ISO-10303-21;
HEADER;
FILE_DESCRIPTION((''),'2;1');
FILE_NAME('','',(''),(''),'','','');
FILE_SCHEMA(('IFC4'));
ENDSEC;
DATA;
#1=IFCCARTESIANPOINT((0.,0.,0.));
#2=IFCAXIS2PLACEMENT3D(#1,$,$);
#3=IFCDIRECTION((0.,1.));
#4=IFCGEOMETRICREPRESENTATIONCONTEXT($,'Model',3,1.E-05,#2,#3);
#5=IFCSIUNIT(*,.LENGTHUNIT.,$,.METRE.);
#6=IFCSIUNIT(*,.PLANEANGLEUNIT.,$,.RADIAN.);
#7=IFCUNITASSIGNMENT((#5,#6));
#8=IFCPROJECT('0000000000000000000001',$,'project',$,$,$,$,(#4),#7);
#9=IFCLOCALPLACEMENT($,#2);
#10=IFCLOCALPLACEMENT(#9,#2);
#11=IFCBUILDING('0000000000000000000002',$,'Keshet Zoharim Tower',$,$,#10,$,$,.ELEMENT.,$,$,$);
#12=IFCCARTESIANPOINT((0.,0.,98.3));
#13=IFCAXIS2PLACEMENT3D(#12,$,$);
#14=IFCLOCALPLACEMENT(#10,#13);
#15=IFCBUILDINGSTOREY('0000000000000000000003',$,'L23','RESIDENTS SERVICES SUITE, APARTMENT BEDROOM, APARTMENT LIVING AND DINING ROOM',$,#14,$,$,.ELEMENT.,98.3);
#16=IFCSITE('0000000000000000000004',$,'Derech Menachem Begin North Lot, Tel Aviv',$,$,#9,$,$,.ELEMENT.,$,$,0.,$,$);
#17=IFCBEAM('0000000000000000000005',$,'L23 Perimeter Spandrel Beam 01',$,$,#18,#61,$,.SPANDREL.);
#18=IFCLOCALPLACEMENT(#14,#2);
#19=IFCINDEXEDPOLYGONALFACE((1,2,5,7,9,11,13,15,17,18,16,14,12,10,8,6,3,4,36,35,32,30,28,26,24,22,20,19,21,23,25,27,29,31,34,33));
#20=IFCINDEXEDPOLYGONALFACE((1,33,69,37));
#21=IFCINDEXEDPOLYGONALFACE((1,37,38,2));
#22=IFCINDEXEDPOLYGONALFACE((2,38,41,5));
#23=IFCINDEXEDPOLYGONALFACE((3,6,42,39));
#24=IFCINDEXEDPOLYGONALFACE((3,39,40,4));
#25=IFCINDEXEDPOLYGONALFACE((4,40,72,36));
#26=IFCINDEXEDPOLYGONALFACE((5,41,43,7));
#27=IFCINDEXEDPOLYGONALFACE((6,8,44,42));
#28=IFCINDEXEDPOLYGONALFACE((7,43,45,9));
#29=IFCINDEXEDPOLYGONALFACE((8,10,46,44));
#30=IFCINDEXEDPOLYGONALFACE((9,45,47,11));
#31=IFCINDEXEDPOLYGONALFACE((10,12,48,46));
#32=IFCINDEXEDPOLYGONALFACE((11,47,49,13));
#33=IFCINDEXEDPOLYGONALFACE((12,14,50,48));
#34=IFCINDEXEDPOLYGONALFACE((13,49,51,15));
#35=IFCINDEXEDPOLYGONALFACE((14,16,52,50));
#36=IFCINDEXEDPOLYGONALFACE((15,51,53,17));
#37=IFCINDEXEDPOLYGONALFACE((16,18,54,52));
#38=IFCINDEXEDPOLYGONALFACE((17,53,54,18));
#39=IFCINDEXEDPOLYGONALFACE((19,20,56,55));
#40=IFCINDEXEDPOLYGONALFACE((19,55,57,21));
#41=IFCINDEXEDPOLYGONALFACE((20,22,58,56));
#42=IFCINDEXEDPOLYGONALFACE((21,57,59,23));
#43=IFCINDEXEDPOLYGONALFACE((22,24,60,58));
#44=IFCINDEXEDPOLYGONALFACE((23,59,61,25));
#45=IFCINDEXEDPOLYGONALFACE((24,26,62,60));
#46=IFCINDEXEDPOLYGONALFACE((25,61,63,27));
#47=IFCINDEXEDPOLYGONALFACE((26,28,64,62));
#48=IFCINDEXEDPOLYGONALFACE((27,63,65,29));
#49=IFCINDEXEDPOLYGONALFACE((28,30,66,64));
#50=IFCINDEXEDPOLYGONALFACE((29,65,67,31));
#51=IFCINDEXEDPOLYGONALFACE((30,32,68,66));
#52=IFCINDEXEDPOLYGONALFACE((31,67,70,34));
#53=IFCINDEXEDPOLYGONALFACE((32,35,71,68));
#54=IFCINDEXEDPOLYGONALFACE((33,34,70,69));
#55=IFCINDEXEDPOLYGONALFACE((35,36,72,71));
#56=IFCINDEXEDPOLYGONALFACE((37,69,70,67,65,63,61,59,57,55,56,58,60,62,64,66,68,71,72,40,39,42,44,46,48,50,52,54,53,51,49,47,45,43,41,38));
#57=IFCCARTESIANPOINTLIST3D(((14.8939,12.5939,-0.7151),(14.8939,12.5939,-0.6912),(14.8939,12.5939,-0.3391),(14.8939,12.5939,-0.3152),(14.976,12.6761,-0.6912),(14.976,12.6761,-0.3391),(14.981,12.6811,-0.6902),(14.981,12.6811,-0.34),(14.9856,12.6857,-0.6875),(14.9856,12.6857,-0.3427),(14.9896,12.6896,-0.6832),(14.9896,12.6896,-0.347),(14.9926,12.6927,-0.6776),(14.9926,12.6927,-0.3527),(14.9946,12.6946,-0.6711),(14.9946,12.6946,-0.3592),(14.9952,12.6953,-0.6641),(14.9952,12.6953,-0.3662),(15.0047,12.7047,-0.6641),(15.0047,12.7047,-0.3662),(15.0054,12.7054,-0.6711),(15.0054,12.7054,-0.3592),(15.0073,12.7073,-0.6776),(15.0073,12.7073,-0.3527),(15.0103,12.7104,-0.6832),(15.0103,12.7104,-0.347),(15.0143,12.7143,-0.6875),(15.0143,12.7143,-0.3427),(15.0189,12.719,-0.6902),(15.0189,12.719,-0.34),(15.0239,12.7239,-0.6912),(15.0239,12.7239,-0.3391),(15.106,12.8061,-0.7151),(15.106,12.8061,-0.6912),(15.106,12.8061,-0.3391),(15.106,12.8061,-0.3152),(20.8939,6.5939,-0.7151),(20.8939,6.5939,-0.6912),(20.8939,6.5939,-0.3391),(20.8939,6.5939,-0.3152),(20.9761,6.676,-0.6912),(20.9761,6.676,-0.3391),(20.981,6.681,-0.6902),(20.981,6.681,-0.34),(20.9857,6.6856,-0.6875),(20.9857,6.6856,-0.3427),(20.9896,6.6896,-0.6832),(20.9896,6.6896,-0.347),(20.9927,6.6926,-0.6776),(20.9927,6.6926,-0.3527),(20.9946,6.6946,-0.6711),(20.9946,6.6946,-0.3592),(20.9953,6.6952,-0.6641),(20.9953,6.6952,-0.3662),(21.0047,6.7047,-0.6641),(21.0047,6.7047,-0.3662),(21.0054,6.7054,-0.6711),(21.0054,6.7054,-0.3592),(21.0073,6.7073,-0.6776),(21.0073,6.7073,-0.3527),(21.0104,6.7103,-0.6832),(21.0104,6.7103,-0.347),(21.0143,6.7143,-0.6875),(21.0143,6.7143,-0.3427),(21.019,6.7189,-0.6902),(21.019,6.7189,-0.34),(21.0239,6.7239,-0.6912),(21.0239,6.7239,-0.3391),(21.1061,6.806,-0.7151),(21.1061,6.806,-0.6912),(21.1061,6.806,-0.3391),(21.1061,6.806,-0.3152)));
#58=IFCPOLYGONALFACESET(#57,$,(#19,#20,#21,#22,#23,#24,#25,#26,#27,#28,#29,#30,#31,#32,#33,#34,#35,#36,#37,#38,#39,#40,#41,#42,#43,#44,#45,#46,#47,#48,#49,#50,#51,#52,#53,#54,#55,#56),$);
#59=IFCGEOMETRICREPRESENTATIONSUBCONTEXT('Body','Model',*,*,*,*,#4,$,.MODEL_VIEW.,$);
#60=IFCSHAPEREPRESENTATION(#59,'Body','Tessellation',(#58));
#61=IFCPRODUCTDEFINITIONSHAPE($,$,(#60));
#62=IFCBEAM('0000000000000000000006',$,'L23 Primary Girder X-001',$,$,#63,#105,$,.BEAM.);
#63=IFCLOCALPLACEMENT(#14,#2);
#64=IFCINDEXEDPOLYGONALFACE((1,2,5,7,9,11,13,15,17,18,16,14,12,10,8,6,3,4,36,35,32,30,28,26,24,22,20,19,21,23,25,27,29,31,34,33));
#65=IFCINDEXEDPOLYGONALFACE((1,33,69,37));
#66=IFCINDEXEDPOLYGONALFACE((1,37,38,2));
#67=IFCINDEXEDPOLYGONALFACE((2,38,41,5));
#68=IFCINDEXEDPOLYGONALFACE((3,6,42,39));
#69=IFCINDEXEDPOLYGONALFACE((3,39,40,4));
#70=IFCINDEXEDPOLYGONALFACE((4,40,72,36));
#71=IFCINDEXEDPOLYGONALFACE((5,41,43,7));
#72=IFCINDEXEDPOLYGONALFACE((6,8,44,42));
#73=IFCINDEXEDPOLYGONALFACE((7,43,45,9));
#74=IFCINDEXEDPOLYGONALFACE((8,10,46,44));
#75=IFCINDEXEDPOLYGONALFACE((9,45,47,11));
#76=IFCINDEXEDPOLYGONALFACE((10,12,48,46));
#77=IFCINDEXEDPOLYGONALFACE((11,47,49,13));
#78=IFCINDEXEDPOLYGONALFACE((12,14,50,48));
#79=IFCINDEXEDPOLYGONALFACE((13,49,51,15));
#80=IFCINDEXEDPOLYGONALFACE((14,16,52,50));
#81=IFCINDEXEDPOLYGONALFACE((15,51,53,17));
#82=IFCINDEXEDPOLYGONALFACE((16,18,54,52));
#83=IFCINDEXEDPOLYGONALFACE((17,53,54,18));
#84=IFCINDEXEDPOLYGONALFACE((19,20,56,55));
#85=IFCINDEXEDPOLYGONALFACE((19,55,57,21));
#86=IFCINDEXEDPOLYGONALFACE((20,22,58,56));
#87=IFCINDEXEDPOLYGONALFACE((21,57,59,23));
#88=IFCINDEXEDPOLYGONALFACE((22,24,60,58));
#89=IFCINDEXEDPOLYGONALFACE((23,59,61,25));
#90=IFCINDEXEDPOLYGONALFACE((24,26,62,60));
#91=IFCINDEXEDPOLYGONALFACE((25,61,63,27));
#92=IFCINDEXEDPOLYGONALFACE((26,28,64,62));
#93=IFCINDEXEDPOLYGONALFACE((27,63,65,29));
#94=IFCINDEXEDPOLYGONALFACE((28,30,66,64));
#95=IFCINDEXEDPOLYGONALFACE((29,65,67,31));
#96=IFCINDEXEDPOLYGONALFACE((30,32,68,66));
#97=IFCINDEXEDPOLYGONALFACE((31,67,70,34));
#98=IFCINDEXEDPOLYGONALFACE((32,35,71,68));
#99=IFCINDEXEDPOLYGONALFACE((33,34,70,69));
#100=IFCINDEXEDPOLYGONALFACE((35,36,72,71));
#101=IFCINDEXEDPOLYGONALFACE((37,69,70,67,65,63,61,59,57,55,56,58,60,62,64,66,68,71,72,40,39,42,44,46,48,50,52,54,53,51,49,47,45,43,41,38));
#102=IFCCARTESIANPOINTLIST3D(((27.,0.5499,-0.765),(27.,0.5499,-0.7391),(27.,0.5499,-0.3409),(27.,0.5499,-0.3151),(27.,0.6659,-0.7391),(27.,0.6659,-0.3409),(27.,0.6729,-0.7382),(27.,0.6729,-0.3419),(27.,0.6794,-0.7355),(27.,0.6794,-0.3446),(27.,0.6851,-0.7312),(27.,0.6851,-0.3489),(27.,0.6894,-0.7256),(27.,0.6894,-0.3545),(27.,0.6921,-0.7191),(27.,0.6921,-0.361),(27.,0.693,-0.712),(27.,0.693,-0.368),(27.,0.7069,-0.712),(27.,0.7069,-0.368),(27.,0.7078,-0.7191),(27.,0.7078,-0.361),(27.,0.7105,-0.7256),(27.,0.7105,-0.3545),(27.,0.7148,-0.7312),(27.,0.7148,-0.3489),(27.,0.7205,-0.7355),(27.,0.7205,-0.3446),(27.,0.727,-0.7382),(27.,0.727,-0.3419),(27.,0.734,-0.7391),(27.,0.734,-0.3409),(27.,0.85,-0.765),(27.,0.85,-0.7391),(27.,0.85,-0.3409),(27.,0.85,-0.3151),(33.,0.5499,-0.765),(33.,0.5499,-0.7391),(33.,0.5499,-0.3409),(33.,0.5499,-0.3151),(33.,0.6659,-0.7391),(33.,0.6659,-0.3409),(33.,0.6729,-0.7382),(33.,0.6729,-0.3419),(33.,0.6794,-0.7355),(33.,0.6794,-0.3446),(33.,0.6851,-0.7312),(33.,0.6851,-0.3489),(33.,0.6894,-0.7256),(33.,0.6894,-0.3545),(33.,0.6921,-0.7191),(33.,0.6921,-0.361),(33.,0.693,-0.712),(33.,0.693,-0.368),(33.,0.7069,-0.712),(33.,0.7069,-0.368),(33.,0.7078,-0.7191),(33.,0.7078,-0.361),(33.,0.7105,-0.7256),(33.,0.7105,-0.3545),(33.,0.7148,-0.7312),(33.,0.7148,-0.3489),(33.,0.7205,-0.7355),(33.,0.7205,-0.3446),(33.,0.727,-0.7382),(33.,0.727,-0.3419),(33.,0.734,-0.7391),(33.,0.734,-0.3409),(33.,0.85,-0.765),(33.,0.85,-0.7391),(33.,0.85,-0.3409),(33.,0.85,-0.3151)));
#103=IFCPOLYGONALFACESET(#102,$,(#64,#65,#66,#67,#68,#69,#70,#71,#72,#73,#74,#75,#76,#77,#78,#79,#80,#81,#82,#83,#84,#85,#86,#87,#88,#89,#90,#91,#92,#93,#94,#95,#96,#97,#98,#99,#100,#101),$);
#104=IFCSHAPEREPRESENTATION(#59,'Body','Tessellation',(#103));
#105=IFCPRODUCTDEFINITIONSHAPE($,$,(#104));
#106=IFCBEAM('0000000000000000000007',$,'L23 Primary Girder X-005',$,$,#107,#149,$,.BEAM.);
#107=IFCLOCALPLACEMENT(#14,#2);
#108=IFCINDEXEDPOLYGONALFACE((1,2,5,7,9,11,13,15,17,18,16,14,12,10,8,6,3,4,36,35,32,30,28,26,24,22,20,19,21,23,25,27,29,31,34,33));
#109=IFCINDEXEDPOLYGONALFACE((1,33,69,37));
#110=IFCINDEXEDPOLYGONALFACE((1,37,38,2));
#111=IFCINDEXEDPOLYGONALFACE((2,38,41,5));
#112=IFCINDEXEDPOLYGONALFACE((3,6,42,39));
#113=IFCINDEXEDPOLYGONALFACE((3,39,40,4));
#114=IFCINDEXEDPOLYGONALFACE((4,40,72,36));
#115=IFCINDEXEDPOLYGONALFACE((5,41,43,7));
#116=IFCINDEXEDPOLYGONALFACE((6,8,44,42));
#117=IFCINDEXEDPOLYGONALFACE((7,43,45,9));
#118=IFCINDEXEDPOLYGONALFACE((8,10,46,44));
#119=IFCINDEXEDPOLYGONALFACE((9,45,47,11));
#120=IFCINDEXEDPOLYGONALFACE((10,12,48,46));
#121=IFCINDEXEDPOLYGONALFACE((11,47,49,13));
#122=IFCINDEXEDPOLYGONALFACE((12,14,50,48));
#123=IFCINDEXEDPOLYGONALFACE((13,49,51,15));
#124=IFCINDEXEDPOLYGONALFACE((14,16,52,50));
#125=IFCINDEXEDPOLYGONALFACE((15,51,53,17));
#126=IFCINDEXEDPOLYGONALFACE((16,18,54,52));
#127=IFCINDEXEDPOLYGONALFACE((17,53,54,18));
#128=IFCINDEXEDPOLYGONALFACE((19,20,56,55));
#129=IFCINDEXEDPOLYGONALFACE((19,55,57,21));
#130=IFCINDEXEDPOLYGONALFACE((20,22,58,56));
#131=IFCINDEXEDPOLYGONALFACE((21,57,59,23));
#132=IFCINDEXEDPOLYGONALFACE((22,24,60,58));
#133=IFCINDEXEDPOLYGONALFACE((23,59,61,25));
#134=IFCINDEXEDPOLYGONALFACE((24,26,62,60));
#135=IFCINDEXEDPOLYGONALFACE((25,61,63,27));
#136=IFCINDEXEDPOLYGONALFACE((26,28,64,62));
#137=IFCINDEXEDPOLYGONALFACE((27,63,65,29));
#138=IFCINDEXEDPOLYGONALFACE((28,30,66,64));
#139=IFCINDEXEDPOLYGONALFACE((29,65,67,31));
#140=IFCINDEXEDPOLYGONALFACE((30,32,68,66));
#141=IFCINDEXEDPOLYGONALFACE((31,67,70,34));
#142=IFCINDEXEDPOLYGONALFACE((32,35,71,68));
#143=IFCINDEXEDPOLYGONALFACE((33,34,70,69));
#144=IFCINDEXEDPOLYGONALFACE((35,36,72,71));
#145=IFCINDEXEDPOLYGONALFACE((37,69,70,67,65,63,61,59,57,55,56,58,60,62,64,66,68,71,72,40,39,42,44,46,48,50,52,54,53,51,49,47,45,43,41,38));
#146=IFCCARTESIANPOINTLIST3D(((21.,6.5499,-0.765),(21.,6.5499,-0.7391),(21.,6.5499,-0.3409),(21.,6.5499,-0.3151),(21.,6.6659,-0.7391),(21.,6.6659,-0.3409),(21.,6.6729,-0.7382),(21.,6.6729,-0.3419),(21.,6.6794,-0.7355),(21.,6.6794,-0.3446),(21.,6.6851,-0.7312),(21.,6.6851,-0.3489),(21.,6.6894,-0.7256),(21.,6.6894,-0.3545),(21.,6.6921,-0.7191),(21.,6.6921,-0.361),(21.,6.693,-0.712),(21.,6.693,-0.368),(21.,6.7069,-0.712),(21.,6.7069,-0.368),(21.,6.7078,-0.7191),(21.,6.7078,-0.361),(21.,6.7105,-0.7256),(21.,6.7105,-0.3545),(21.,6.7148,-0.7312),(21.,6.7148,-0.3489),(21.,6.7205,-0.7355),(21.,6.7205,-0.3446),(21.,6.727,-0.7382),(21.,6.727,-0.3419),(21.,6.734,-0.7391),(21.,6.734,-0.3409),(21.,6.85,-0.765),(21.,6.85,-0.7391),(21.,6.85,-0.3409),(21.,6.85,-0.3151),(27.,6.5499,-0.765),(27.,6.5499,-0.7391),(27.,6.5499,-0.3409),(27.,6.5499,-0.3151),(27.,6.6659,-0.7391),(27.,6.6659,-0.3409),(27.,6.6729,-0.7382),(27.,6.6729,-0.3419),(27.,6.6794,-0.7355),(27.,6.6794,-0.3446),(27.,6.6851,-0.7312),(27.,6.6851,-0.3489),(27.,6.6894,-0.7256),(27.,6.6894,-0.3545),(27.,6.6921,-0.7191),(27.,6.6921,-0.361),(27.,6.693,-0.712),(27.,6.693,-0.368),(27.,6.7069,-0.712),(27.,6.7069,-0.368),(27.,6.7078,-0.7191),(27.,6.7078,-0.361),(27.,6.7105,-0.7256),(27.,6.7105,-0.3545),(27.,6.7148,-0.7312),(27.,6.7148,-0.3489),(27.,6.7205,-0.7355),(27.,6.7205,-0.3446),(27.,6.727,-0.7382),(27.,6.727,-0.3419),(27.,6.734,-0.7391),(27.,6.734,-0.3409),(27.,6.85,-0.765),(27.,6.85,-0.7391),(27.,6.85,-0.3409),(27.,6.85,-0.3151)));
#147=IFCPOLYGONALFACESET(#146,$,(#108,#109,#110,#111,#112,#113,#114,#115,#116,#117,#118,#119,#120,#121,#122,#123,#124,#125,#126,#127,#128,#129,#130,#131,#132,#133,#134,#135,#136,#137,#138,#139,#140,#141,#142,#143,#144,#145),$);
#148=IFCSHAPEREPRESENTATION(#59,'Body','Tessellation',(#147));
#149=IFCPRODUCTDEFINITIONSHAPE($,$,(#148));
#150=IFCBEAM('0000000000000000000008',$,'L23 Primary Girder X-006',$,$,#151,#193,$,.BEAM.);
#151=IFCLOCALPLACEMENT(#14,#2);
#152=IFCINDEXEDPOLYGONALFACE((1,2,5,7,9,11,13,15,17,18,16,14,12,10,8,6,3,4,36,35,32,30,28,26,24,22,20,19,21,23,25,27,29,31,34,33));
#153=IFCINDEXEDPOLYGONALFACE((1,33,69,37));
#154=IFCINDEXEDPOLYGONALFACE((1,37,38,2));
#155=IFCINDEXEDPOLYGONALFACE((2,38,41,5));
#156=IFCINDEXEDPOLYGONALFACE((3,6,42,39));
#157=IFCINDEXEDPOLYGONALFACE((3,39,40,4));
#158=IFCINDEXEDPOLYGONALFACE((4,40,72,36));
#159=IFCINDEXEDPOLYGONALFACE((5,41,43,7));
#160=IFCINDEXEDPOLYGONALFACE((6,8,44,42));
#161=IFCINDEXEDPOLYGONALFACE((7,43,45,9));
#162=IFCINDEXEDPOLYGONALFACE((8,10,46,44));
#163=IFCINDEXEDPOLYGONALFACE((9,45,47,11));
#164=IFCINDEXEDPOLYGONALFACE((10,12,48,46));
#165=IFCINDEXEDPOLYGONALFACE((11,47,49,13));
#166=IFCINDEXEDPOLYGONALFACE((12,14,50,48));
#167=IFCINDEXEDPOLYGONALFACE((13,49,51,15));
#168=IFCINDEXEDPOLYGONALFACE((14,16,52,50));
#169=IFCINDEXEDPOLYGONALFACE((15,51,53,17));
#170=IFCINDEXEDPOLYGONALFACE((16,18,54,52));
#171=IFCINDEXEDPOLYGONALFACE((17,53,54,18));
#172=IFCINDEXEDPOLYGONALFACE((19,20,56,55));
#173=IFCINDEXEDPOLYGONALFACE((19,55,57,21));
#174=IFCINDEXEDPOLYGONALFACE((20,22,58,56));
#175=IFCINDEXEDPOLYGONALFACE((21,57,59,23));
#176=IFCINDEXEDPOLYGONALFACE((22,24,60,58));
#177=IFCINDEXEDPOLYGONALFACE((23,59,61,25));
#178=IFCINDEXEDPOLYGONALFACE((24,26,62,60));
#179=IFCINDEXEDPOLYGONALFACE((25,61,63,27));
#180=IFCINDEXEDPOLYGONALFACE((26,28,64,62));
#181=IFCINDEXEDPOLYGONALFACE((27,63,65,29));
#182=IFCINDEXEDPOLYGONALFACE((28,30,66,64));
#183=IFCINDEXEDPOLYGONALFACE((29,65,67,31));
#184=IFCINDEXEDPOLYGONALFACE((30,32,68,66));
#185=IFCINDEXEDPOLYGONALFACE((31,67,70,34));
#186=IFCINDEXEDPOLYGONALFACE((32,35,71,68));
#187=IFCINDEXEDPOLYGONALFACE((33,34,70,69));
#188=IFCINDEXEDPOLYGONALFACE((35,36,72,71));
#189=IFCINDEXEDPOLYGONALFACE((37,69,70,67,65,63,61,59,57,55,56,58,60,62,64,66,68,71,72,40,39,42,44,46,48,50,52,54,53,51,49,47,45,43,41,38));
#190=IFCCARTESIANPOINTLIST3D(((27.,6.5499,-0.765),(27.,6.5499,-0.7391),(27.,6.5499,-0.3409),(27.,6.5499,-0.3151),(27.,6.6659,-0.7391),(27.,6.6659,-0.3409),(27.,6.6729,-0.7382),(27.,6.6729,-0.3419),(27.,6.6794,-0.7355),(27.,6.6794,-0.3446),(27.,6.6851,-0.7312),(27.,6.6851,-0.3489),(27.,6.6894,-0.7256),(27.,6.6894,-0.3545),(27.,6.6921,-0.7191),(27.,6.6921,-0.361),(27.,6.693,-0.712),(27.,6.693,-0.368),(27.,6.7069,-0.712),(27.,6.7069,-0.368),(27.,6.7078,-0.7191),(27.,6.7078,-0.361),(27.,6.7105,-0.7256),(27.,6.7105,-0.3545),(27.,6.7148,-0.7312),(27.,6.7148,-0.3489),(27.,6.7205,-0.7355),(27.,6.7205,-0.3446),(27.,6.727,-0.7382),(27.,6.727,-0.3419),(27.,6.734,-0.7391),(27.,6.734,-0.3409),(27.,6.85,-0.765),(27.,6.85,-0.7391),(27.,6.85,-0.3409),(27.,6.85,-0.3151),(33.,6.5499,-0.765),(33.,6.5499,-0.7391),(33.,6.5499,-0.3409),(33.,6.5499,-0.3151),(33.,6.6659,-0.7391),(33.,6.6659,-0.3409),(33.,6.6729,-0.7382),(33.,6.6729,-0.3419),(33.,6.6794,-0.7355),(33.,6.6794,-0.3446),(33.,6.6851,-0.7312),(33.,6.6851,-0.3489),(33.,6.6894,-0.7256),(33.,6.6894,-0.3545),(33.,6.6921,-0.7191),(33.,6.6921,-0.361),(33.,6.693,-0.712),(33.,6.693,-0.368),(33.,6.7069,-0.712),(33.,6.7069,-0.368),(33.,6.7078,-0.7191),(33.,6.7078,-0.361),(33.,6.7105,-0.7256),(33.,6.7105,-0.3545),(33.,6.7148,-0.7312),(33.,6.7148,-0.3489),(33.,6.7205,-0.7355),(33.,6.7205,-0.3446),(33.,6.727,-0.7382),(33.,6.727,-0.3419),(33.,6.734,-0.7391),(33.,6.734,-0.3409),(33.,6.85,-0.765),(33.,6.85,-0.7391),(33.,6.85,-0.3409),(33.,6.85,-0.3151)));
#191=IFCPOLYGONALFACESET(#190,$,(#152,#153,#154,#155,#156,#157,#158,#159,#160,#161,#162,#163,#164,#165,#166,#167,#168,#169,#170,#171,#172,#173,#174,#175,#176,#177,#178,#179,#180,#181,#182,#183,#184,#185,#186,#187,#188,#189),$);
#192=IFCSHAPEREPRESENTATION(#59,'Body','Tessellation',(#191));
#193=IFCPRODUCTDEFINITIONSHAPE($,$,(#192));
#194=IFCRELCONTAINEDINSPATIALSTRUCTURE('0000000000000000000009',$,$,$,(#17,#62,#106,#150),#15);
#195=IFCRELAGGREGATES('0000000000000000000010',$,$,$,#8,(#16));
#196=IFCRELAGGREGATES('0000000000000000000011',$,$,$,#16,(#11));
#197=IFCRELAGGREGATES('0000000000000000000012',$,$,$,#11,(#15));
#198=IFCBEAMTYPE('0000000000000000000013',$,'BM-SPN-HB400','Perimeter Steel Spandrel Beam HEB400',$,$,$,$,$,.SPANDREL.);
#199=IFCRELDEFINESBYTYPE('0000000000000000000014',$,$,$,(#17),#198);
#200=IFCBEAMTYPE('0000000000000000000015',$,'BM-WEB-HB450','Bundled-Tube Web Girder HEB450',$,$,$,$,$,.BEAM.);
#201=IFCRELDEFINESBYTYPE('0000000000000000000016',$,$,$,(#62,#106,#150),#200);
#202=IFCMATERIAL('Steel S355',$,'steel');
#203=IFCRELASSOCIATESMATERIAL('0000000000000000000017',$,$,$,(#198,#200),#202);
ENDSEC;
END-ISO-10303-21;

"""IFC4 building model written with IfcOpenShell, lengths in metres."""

from ifc_helpers import new_model, si_unit, direction, frame, origin, origin_2d, place, context, subcontext, project, spatial, i_section, extrude, material, material_profile, profile_set, type_object, element, save


model = new_model("IFC4")

# Units and contexts
model_context = context("Model", 3, precision=1e-05, world=origin(), true_north=direction((0.0, 1.0)))
body_context = subcontext(model_context, "Body", "Model", "MODEL_VIEW")
ifc_project = project(units=[si_unit("LENGTHUNIT", "METRE"), si_unit("PLANEANGLEUNIT", "RADIAN")], contexts=[model_context])

# Site, building, storey
site_placement = place(None, origin())
site = spatial("IfcSite", under=ifc_project, at=site_placement, Name="Derech Menachem Begin North Lot, Tel Aviv", CompositionType="ELEMENT", RefElevation=0.0)
building_placement = place(site_placement, origin())
building = spatial("IfcBuilding", under=site, at=building_placement, Name="Keshet Zoharim Tower", CompositionType="ELEMENT")
storey_placement = place(building_placement, frame((0.0, 0.0, 98.3)))
storey = spatial("IfcBuildingStorey", under=building, at=storey_placement, Name="L23", Description="RESIDENTS SERVICES SUITE, APARTMENT BEDROOM, APARTMENT LIVING AND DINING ROOM", CompositionType="ELEMENT", Elevation=98.3)

# Shared definitions
ifc_material_1 = material(Name="Steel S355", Category="steel")

# Beams
ifc_material_profile_1 = material_profile(ifc_material_1, i_section(OverallWidth=0.3, OverallDepth=0.3999, WebThickness=0.0134, FlangeThickness=0.0239, FilletRadius=0.0271, at=origin_2d()), Name="HEB400")
ifc_profile_set_1 = profile_set([ifc_material_profile_1], Name="Steel S355")
beam_type_1 = type_object("IfcBeamType", Name="BM-SPN-HB400", Description="Perimeter Steel Spandrel Beam HEB400", PredefinedType="SPANDREL", material=ifc_profile_set_1)
beam_1_placement = place(storey_placement, frame((21.0, 6.7, -0.5151), z_axis=(-0.707107, 0.707107, 0.0), x_axis=(-0.707107, -0.707107, 0.0)))
element("IfcBeam", 1, at=beam_1_placement, inside=storey, type_object=beam_type_1, Name="L23 Perimeter Spandrel Beam 01", PredefinedType="SPANDREL", context=body_context, shape_type="SweptSolid", body=[
    extrude(i_section(OverallWidth=0.3, OverallDepth=0.3999, WebThickness=0.0134, FlangeThickness=0.0239, FilletRadius=0.0271, at=origin_2d()), origin(), (0.0, 0.0, 1.0), 8.4854),
])
ifc_material_profile_2 = material_profile(ifc_material_1, i_section(OverallWidth=0.3, OverallDepth=0.45, WebThickness=0.0139, FlangeThickness=0.0259, FilletRadius=0.0271, at=origin_2d()), Name="HEB450")
ifc_profile_set_2 = profile_set([ifc_material_profile_2], Name="Steel S355")
beam_type_2 = type_object("IfcBeamType", Name="BM-WEB-HB450", Description="Bundled-Tube Web Girder HEB450", PredefinedType="BEAM", material=ifc_profile_set_2)
for number, where, z_axis, x_axis, name in (
    (2, (27.0, 0.7, -0.54), (1.0, 0.0, 0.0), (0.0, 1.0, 0.0), "L23 Primary Girder X-001"),
    (3, (21.0, 6.7, -0.54), (1.0, 0.0, 0.0), (0.0, 1.0, 0.0), "L23 Primary Girder X-005"),
    (4, (27.0, 6.7, -0.54), (1.0, 0.0, 0.0), (0.0, 1.0, 0.0), "L23 Primary Girder X-006"),
):
    element("IfcBeam", number, at=place(storey_placement, frame(where, z_axis=z_axis, x_axis=x_axis)), inside=storey, type_object=beam_type_2, Name=name, PredefinedType="BEAM", context=body_context, shape_type="SweptSolid", body=[
        extrude(i_section(OverallWidth=0.3, OverallDepth=0.45, WebThickness=0.0139, FlangeThickness=0.0259, FilletRadius=0.0271, at=origin_2d()), origin(), (0.0, 0.0, 1.0), 6.0),
    ])

save(model, "model.ifc")
